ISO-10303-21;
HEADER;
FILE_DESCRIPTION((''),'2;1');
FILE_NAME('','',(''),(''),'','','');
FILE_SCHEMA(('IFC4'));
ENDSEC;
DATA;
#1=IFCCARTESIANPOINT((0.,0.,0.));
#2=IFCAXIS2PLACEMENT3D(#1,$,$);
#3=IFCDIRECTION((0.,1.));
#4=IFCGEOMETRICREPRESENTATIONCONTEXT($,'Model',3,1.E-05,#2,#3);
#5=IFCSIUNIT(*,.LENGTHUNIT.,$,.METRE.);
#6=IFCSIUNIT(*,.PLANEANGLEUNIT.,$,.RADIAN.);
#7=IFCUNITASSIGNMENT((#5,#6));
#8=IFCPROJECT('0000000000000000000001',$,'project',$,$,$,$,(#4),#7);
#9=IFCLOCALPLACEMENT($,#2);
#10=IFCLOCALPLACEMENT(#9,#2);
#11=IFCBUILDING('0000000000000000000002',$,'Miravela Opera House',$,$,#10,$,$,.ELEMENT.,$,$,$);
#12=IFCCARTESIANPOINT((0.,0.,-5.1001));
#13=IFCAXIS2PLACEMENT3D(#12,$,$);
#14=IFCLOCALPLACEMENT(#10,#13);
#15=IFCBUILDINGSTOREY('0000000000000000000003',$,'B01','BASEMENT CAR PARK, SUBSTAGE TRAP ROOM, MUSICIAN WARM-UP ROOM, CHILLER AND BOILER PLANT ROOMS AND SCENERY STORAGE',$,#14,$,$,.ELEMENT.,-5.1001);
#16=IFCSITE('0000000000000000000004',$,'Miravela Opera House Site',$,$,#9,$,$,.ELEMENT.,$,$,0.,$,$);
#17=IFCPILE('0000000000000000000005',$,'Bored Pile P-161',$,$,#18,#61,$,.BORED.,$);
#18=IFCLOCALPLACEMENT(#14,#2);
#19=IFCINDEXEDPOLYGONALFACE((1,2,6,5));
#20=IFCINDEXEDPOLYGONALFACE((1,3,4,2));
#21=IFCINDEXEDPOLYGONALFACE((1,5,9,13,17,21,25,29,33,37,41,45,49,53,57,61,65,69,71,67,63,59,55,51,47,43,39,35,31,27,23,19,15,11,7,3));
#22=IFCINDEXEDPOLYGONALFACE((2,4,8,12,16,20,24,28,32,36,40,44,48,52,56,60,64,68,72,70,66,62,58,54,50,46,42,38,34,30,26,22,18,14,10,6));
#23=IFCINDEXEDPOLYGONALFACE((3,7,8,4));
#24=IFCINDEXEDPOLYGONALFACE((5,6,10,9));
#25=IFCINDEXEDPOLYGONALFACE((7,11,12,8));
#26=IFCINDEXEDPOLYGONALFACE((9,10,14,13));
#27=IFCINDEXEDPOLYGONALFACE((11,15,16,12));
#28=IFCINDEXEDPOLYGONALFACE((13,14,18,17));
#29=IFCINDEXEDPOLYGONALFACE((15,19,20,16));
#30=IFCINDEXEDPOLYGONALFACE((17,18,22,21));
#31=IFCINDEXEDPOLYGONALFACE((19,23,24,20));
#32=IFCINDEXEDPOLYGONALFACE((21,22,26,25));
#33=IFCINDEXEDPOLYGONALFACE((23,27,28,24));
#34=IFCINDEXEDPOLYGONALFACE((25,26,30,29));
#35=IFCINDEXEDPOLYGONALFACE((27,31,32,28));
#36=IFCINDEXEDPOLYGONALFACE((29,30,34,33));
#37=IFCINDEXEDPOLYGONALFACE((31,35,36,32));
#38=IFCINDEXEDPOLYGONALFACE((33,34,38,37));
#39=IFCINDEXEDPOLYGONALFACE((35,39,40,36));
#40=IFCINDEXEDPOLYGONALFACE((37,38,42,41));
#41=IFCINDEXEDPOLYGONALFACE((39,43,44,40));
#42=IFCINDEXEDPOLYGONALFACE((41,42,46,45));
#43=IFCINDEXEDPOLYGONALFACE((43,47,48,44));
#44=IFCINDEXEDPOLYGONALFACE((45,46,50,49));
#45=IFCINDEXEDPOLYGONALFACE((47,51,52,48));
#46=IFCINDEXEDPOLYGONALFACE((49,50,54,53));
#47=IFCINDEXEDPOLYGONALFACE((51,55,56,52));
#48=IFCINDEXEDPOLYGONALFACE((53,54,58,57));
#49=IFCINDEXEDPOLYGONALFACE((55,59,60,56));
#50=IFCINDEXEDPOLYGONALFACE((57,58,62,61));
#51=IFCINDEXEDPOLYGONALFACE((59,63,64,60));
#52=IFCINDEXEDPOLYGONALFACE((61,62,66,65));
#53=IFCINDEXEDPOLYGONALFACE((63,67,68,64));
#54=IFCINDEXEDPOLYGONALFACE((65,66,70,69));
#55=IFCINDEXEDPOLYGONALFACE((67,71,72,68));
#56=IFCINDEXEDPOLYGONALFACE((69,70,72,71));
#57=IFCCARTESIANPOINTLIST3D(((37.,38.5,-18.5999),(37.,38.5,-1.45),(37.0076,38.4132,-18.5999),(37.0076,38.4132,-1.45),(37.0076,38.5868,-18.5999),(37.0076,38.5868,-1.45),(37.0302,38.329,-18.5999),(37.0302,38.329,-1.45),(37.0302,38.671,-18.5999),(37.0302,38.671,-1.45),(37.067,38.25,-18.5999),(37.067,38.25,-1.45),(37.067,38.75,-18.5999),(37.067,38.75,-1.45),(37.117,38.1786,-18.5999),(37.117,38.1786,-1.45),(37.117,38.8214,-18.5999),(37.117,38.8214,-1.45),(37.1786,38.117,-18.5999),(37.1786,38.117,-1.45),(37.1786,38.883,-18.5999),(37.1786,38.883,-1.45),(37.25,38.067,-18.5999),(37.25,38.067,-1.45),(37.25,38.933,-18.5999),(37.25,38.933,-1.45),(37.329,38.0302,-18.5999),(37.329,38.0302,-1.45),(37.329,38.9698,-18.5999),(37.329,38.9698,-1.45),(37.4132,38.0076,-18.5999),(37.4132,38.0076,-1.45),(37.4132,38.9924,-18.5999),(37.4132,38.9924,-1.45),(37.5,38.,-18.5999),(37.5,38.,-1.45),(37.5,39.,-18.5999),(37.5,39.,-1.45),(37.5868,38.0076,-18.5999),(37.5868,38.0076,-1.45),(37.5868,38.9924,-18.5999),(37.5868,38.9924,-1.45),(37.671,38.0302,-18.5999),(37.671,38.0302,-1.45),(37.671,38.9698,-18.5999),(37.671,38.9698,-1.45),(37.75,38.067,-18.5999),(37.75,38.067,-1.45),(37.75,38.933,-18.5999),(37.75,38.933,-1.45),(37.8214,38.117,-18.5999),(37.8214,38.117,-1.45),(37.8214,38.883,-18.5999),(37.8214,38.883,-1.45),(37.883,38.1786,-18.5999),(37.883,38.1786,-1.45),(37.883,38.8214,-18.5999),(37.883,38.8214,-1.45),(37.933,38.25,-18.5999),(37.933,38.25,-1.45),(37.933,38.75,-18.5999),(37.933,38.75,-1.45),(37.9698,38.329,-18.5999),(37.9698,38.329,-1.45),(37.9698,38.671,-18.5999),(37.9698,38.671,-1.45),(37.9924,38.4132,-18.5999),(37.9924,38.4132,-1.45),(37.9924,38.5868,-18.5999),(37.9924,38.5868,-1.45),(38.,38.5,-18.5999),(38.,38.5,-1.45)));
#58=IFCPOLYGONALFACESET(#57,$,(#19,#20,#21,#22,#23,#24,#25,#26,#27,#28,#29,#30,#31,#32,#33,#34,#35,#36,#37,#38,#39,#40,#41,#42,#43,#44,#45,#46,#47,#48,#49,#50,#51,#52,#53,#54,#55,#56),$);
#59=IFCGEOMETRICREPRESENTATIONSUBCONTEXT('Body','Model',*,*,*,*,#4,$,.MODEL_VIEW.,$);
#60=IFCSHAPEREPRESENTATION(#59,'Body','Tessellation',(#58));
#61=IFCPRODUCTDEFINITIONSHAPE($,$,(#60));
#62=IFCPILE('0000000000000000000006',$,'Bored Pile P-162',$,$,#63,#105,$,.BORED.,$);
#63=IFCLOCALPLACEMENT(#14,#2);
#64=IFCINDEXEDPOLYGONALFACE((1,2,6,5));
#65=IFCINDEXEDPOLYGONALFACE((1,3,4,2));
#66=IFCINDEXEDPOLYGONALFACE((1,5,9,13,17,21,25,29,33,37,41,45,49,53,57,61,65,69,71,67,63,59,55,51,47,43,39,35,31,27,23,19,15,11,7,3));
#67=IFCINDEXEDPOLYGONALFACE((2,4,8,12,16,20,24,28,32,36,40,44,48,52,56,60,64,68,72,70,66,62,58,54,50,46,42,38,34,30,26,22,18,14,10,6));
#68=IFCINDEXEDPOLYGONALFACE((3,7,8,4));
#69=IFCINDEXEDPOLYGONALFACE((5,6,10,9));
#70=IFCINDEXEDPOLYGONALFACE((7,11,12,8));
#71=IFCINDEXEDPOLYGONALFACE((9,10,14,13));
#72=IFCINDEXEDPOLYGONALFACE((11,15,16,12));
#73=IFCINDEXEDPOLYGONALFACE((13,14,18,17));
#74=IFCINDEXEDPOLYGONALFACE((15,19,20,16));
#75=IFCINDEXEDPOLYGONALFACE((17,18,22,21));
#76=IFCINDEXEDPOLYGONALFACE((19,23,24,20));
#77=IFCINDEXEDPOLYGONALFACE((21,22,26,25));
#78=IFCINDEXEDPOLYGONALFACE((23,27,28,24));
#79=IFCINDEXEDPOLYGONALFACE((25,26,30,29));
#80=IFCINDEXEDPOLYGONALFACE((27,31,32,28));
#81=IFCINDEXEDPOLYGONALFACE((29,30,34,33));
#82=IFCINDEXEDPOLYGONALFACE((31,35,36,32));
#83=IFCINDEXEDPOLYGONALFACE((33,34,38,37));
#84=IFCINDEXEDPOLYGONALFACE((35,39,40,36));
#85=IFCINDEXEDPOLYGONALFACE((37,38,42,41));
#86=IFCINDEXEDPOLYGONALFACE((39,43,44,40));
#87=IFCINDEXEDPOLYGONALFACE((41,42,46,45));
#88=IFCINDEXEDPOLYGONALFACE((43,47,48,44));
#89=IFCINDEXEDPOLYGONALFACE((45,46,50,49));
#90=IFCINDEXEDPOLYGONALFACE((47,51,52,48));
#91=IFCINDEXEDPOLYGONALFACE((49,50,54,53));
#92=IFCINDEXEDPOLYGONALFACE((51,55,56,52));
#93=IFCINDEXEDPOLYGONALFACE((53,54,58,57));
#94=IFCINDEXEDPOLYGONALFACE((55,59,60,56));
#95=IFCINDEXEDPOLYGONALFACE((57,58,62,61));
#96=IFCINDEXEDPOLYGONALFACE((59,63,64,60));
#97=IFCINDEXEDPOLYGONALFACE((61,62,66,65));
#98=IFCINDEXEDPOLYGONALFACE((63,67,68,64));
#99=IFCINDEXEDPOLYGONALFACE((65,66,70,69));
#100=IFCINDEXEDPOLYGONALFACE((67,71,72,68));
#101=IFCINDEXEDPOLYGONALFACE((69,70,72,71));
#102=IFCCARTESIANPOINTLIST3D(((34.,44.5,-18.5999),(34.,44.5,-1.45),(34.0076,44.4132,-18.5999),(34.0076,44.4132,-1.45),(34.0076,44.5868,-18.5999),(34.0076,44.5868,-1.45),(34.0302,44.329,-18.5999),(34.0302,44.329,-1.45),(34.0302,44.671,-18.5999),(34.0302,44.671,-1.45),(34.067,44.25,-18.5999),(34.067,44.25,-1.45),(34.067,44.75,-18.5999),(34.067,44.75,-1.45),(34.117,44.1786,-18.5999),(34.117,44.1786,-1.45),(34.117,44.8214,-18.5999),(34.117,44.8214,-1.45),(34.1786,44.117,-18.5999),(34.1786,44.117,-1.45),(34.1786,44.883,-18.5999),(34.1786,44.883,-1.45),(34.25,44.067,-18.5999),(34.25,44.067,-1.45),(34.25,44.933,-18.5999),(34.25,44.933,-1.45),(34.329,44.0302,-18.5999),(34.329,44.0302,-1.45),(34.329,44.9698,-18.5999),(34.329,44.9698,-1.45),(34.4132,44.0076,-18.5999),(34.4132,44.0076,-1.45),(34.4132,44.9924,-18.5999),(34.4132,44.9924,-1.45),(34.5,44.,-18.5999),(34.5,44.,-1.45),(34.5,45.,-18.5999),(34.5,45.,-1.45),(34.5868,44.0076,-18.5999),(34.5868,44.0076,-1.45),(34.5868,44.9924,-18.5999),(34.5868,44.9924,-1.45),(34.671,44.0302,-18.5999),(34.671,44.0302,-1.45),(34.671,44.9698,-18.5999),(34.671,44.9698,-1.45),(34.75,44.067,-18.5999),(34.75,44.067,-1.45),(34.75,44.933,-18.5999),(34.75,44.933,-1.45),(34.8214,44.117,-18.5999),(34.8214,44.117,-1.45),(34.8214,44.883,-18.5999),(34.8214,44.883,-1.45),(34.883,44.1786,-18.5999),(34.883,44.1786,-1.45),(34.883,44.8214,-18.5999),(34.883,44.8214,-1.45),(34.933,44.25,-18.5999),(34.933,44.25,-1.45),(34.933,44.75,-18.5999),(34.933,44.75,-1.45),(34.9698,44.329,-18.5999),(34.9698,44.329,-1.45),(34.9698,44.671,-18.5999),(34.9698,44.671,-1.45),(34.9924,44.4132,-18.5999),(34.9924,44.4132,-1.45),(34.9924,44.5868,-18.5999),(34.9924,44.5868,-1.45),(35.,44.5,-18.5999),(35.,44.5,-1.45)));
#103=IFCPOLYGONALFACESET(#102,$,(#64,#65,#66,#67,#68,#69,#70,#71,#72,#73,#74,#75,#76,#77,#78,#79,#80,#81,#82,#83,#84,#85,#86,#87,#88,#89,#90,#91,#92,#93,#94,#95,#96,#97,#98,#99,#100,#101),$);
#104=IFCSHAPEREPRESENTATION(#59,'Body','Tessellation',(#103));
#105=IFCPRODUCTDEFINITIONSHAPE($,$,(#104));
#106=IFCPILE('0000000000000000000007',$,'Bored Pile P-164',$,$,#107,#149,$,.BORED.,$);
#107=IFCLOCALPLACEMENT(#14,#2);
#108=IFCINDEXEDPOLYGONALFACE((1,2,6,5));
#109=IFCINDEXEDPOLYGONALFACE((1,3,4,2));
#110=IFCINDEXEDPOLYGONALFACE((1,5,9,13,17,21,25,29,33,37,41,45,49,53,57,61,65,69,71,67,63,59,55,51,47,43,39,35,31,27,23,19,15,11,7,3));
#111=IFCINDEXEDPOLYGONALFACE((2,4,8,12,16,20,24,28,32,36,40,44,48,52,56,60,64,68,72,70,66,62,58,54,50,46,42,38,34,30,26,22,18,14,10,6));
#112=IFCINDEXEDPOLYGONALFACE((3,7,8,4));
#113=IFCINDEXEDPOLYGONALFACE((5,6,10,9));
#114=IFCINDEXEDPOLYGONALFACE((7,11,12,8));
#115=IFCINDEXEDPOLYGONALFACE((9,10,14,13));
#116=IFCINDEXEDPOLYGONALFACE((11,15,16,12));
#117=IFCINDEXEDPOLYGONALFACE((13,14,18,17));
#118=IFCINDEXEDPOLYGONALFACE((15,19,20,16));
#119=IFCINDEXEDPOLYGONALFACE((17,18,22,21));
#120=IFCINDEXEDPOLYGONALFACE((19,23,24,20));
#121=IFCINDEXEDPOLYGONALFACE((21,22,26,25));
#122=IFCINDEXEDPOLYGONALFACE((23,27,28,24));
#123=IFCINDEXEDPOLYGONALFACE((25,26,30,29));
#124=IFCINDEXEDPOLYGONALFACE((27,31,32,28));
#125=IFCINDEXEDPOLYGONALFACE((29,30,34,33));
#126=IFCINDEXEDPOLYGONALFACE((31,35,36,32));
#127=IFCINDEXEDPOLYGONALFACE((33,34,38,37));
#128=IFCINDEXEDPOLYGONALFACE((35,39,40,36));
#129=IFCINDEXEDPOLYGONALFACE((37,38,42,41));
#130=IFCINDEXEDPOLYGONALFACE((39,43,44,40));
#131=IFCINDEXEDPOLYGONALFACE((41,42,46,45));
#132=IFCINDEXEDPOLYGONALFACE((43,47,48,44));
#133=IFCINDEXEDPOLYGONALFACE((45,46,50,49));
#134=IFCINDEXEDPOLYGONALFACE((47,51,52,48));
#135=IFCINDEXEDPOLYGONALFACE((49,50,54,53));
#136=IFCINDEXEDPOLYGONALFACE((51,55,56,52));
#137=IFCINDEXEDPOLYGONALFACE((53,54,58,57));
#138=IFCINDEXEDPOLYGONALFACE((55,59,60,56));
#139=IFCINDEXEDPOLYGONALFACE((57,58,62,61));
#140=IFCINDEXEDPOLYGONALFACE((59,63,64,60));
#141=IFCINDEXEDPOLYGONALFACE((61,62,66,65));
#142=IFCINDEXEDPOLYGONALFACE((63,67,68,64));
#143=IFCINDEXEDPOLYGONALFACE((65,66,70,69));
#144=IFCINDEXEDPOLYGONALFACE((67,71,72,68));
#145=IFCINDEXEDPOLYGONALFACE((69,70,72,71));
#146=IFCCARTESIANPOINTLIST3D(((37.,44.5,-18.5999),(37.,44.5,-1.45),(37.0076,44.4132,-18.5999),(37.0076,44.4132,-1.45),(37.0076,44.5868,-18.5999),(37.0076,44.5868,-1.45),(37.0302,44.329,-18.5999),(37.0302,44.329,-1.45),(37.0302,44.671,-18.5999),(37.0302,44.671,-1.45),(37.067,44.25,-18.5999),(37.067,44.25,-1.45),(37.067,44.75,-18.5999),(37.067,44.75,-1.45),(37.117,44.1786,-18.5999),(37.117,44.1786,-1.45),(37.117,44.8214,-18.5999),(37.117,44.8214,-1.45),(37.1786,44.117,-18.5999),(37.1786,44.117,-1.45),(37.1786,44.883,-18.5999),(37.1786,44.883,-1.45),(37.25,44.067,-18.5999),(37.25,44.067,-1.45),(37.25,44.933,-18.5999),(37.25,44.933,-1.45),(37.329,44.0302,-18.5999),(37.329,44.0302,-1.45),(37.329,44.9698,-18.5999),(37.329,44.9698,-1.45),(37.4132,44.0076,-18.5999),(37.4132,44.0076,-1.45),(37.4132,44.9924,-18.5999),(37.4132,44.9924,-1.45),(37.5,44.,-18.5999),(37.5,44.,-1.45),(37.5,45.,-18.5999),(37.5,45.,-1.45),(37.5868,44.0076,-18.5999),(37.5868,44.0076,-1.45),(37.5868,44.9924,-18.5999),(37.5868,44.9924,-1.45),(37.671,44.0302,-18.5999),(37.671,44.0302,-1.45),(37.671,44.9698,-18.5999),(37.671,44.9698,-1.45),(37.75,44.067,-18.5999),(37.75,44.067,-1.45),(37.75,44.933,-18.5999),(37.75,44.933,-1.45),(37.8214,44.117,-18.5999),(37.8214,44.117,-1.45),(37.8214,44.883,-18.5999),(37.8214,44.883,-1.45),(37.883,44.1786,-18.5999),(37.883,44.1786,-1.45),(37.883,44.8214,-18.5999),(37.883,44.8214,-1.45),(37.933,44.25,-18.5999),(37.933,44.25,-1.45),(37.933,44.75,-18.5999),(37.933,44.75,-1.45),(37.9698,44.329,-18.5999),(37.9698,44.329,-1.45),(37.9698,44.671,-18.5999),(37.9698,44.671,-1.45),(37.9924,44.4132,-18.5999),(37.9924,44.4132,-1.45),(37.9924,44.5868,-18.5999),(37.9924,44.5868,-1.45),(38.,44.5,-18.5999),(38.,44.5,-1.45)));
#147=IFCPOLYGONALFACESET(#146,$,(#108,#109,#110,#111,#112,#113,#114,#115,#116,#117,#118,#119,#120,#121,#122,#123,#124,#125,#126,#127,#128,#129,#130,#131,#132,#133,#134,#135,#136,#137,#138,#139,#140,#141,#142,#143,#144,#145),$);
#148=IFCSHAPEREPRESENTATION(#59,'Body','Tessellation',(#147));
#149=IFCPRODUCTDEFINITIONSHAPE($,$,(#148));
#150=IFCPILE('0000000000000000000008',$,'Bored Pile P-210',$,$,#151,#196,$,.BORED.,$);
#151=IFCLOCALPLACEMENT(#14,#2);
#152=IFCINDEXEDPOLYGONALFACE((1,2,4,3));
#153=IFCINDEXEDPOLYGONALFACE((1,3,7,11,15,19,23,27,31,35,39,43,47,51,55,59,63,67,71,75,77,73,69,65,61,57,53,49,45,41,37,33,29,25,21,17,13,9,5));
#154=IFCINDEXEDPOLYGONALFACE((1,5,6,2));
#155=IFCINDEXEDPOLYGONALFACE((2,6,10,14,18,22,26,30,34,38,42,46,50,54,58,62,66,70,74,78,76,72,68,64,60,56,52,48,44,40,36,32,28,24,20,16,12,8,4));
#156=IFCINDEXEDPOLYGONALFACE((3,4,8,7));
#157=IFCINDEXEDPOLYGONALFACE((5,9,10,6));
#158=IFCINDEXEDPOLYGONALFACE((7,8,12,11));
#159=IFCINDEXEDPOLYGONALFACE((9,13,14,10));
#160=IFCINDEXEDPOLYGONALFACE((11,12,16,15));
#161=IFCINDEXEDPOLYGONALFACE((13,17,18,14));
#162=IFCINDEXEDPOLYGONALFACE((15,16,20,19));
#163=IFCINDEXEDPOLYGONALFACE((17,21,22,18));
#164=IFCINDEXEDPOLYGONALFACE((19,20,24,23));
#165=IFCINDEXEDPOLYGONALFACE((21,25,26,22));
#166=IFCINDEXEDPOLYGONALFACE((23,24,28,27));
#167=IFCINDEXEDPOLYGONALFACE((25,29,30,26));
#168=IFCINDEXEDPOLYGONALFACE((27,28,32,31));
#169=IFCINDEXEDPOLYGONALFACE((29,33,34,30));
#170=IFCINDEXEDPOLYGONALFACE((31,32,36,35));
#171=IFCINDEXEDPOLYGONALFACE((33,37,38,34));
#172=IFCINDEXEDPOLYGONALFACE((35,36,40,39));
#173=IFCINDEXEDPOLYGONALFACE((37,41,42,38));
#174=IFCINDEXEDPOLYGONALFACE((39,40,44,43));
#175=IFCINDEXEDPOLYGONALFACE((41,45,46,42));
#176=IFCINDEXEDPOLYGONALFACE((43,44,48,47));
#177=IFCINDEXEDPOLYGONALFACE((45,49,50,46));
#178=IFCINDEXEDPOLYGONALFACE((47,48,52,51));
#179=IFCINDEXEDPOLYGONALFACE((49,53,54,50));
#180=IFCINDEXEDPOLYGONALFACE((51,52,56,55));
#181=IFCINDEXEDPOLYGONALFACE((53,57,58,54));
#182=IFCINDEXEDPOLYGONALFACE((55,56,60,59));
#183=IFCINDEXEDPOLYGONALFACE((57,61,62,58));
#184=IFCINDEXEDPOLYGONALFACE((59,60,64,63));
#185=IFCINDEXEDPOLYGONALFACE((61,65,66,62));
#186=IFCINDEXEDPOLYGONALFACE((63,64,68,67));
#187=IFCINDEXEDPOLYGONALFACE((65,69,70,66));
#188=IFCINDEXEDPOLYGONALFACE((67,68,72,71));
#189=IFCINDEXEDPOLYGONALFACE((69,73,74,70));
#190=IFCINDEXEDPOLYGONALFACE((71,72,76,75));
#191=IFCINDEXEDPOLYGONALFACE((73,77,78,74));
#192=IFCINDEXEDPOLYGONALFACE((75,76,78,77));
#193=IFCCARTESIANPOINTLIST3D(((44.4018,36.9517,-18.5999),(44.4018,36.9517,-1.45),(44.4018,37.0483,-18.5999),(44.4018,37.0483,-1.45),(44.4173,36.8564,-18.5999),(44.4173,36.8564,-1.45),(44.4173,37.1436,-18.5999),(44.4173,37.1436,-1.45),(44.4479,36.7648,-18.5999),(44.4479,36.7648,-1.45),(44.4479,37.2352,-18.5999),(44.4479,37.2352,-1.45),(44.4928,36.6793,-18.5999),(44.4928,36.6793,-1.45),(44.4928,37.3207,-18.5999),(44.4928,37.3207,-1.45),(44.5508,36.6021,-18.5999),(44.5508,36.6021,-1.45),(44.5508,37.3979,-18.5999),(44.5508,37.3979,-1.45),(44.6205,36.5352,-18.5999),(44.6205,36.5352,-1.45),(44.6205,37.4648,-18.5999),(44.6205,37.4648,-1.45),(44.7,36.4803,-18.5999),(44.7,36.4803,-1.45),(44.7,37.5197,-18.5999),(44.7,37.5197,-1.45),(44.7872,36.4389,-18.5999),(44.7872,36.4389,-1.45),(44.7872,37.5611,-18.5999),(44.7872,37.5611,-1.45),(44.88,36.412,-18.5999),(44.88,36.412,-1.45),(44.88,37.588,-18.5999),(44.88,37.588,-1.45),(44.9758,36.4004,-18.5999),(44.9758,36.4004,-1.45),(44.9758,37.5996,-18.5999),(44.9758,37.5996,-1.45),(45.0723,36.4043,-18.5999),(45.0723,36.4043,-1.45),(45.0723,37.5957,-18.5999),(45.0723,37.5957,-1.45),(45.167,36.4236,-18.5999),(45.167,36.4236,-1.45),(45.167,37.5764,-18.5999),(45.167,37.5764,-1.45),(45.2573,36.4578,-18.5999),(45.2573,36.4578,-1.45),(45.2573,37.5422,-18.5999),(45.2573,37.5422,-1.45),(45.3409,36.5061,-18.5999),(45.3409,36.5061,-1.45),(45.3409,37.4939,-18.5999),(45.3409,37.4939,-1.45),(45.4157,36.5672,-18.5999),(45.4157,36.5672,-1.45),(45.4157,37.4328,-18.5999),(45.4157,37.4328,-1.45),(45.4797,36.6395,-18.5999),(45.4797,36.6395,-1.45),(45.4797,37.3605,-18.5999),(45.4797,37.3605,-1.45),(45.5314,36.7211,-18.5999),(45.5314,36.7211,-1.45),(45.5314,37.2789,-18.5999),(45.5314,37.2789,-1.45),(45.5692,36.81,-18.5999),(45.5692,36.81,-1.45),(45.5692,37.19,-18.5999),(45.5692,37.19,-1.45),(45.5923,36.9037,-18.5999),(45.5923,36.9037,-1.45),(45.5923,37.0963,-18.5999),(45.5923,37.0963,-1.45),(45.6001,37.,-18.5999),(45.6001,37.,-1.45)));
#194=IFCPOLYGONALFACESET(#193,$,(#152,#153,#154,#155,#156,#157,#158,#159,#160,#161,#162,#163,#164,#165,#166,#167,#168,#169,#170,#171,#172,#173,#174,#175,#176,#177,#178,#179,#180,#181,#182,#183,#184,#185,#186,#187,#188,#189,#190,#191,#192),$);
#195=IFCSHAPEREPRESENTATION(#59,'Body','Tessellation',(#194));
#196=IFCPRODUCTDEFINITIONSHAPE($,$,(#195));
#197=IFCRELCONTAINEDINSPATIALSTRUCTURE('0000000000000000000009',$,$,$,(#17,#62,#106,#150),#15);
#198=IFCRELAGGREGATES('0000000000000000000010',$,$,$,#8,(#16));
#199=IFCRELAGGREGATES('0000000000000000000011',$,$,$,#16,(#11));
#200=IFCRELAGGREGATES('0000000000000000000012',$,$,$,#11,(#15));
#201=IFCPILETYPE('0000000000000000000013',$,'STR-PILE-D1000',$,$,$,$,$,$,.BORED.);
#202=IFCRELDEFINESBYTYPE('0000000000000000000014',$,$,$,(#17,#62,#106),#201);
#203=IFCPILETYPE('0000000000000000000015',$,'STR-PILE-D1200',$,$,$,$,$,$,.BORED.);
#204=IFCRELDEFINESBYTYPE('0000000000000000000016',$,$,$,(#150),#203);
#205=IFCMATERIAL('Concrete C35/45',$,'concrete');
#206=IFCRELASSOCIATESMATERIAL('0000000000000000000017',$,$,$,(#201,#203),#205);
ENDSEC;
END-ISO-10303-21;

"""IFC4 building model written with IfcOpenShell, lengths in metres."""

from ifc_helpers import new_model, si_unit, direction, frame, origin, origin_2d, place, context, subcontext, project, spatial, circle, extrude, material, material_profile, profile_set, type_object, element, save


model = new_model("IFC4")

# Units and contexts
model_context = context("Model", 3, precision=1e-05, world=origin(), true_north=direction((0.0, 1.0)))
body_context = subcontext(model_context, "Body", "Model", "MODEL_VIEW")
ifc_project = project(units=[si_unit("LENGTHUNIT", "METRE"), si_unit("PLANEANGLEUNIT", "RADIAN")], contexts=[model_context])

# Site, building, storey
site_placement = place(None, origin())
site = spatial("IfcSite", under=ifc_project, at=site_placement, Name="Miravela Opera House Site", CompositionType="ELEMENT", RefElevation=0.0)
building_placement = place(site_placement, origin())
building = spatial("IfcBuilding", under=site, at=building_placement, Name="Miravela Opera House", CompositionType="ELEMENT")
storey_placement = place(building_placement, frame((0.0, 0.0, -5.1001)))
storey = spatial("IfcBuildingStorey", under=building, at=storey_placement, Name="B01", Description="BASEMENT CAR PARK, SUBSTAGE TRAP ROOM, MUSICIAN WARM-UP ROOM, CHILLER AND BOILER PLANT ROOMS AND SCENERY STORAGE", CompositionType="ELEMENT", Elevation=-5.1001)

# Shared definitions
ifc_material_1 = material(Name="Concrete C35/45", Category="concrete")

# Piles
ifc_material_profile_1 = material_profile(ifc_material_1, circle(Radius=0.5, at=origin_2d()), Name="PILE-D1000")
ifc_profile_set_1 = profile_set([ifc_material_profile_1])
pile_type_1 = type_object("IfcPileType", Name="STR-PILE-D1000", PredefinedType="BORED", material=ifc_profile_set_1)
for number, where, z_axis, x_axis, name in (
    (1, (37.5, 38.5, -1.45), (0.0, 0.0, -1.0), (1.0, 0.0, 0.0), "Bored Pile P-161"),
    (2, (34.5, 44.5, -1.45), (0.0, 0.0, -1.0), (1.0, 0.0, 0.0), "Bored Pile P-162"),
    (3, (37.5, 44.5, -1.45), (0.0, 0.0, -1.0), (1.0, 0.0, 0.0), "Bored Pile P-164"),
):
    element("IfcPile", number, at=place(storey_placement, frame(where, z_axis=z_axis, x_axis=x_axis)), inside=storey, type_object=pile_type_1, Name=name, PredefinedType="BORED", context=body_context, shape_type="SweptSolid", body=[
        extrude(circle(Radius=0.5, at=origin_2d()), origin(), (0.0, 0.0, 1.0), 17.1499),
    ])
ifc_material_profile_2 = material_profile(ifc_material_1, circle(Radius=0.6001, at=origin_2d()), Name="PILE-D1200")
ifc_profile_set_2 = profile_set([ifc_material_profile_2])
pile_type_2 = type_object("IfcPileType", Name="STR-PILE-D1200", PredefinedType="BORED", material=ifc_profile_set_2)
for number, where, z_axis, x_axis, name in (
    (4, (45.0, 37.0, -1.45), (0.0, 0.0, -1.0), (1.0, 0.0, 0.0), "Bored Pile P-210"),
):
    element("IfcPile", number, at=place(storey_placement, frame(where, z_axis=z_axis, x_axis=x_axis)), inside=storey, type_object=pile_type_2, Name=name, PredefinedType="BORED", context=body_context, shape_type="SweptSolid", body=[
        extrude(circle(Radius=0.6001, at=origin_2d()), origin(), (0.0, 0.0, 1.0), 17.1499),
    ])

save(model, "model.ifc")
